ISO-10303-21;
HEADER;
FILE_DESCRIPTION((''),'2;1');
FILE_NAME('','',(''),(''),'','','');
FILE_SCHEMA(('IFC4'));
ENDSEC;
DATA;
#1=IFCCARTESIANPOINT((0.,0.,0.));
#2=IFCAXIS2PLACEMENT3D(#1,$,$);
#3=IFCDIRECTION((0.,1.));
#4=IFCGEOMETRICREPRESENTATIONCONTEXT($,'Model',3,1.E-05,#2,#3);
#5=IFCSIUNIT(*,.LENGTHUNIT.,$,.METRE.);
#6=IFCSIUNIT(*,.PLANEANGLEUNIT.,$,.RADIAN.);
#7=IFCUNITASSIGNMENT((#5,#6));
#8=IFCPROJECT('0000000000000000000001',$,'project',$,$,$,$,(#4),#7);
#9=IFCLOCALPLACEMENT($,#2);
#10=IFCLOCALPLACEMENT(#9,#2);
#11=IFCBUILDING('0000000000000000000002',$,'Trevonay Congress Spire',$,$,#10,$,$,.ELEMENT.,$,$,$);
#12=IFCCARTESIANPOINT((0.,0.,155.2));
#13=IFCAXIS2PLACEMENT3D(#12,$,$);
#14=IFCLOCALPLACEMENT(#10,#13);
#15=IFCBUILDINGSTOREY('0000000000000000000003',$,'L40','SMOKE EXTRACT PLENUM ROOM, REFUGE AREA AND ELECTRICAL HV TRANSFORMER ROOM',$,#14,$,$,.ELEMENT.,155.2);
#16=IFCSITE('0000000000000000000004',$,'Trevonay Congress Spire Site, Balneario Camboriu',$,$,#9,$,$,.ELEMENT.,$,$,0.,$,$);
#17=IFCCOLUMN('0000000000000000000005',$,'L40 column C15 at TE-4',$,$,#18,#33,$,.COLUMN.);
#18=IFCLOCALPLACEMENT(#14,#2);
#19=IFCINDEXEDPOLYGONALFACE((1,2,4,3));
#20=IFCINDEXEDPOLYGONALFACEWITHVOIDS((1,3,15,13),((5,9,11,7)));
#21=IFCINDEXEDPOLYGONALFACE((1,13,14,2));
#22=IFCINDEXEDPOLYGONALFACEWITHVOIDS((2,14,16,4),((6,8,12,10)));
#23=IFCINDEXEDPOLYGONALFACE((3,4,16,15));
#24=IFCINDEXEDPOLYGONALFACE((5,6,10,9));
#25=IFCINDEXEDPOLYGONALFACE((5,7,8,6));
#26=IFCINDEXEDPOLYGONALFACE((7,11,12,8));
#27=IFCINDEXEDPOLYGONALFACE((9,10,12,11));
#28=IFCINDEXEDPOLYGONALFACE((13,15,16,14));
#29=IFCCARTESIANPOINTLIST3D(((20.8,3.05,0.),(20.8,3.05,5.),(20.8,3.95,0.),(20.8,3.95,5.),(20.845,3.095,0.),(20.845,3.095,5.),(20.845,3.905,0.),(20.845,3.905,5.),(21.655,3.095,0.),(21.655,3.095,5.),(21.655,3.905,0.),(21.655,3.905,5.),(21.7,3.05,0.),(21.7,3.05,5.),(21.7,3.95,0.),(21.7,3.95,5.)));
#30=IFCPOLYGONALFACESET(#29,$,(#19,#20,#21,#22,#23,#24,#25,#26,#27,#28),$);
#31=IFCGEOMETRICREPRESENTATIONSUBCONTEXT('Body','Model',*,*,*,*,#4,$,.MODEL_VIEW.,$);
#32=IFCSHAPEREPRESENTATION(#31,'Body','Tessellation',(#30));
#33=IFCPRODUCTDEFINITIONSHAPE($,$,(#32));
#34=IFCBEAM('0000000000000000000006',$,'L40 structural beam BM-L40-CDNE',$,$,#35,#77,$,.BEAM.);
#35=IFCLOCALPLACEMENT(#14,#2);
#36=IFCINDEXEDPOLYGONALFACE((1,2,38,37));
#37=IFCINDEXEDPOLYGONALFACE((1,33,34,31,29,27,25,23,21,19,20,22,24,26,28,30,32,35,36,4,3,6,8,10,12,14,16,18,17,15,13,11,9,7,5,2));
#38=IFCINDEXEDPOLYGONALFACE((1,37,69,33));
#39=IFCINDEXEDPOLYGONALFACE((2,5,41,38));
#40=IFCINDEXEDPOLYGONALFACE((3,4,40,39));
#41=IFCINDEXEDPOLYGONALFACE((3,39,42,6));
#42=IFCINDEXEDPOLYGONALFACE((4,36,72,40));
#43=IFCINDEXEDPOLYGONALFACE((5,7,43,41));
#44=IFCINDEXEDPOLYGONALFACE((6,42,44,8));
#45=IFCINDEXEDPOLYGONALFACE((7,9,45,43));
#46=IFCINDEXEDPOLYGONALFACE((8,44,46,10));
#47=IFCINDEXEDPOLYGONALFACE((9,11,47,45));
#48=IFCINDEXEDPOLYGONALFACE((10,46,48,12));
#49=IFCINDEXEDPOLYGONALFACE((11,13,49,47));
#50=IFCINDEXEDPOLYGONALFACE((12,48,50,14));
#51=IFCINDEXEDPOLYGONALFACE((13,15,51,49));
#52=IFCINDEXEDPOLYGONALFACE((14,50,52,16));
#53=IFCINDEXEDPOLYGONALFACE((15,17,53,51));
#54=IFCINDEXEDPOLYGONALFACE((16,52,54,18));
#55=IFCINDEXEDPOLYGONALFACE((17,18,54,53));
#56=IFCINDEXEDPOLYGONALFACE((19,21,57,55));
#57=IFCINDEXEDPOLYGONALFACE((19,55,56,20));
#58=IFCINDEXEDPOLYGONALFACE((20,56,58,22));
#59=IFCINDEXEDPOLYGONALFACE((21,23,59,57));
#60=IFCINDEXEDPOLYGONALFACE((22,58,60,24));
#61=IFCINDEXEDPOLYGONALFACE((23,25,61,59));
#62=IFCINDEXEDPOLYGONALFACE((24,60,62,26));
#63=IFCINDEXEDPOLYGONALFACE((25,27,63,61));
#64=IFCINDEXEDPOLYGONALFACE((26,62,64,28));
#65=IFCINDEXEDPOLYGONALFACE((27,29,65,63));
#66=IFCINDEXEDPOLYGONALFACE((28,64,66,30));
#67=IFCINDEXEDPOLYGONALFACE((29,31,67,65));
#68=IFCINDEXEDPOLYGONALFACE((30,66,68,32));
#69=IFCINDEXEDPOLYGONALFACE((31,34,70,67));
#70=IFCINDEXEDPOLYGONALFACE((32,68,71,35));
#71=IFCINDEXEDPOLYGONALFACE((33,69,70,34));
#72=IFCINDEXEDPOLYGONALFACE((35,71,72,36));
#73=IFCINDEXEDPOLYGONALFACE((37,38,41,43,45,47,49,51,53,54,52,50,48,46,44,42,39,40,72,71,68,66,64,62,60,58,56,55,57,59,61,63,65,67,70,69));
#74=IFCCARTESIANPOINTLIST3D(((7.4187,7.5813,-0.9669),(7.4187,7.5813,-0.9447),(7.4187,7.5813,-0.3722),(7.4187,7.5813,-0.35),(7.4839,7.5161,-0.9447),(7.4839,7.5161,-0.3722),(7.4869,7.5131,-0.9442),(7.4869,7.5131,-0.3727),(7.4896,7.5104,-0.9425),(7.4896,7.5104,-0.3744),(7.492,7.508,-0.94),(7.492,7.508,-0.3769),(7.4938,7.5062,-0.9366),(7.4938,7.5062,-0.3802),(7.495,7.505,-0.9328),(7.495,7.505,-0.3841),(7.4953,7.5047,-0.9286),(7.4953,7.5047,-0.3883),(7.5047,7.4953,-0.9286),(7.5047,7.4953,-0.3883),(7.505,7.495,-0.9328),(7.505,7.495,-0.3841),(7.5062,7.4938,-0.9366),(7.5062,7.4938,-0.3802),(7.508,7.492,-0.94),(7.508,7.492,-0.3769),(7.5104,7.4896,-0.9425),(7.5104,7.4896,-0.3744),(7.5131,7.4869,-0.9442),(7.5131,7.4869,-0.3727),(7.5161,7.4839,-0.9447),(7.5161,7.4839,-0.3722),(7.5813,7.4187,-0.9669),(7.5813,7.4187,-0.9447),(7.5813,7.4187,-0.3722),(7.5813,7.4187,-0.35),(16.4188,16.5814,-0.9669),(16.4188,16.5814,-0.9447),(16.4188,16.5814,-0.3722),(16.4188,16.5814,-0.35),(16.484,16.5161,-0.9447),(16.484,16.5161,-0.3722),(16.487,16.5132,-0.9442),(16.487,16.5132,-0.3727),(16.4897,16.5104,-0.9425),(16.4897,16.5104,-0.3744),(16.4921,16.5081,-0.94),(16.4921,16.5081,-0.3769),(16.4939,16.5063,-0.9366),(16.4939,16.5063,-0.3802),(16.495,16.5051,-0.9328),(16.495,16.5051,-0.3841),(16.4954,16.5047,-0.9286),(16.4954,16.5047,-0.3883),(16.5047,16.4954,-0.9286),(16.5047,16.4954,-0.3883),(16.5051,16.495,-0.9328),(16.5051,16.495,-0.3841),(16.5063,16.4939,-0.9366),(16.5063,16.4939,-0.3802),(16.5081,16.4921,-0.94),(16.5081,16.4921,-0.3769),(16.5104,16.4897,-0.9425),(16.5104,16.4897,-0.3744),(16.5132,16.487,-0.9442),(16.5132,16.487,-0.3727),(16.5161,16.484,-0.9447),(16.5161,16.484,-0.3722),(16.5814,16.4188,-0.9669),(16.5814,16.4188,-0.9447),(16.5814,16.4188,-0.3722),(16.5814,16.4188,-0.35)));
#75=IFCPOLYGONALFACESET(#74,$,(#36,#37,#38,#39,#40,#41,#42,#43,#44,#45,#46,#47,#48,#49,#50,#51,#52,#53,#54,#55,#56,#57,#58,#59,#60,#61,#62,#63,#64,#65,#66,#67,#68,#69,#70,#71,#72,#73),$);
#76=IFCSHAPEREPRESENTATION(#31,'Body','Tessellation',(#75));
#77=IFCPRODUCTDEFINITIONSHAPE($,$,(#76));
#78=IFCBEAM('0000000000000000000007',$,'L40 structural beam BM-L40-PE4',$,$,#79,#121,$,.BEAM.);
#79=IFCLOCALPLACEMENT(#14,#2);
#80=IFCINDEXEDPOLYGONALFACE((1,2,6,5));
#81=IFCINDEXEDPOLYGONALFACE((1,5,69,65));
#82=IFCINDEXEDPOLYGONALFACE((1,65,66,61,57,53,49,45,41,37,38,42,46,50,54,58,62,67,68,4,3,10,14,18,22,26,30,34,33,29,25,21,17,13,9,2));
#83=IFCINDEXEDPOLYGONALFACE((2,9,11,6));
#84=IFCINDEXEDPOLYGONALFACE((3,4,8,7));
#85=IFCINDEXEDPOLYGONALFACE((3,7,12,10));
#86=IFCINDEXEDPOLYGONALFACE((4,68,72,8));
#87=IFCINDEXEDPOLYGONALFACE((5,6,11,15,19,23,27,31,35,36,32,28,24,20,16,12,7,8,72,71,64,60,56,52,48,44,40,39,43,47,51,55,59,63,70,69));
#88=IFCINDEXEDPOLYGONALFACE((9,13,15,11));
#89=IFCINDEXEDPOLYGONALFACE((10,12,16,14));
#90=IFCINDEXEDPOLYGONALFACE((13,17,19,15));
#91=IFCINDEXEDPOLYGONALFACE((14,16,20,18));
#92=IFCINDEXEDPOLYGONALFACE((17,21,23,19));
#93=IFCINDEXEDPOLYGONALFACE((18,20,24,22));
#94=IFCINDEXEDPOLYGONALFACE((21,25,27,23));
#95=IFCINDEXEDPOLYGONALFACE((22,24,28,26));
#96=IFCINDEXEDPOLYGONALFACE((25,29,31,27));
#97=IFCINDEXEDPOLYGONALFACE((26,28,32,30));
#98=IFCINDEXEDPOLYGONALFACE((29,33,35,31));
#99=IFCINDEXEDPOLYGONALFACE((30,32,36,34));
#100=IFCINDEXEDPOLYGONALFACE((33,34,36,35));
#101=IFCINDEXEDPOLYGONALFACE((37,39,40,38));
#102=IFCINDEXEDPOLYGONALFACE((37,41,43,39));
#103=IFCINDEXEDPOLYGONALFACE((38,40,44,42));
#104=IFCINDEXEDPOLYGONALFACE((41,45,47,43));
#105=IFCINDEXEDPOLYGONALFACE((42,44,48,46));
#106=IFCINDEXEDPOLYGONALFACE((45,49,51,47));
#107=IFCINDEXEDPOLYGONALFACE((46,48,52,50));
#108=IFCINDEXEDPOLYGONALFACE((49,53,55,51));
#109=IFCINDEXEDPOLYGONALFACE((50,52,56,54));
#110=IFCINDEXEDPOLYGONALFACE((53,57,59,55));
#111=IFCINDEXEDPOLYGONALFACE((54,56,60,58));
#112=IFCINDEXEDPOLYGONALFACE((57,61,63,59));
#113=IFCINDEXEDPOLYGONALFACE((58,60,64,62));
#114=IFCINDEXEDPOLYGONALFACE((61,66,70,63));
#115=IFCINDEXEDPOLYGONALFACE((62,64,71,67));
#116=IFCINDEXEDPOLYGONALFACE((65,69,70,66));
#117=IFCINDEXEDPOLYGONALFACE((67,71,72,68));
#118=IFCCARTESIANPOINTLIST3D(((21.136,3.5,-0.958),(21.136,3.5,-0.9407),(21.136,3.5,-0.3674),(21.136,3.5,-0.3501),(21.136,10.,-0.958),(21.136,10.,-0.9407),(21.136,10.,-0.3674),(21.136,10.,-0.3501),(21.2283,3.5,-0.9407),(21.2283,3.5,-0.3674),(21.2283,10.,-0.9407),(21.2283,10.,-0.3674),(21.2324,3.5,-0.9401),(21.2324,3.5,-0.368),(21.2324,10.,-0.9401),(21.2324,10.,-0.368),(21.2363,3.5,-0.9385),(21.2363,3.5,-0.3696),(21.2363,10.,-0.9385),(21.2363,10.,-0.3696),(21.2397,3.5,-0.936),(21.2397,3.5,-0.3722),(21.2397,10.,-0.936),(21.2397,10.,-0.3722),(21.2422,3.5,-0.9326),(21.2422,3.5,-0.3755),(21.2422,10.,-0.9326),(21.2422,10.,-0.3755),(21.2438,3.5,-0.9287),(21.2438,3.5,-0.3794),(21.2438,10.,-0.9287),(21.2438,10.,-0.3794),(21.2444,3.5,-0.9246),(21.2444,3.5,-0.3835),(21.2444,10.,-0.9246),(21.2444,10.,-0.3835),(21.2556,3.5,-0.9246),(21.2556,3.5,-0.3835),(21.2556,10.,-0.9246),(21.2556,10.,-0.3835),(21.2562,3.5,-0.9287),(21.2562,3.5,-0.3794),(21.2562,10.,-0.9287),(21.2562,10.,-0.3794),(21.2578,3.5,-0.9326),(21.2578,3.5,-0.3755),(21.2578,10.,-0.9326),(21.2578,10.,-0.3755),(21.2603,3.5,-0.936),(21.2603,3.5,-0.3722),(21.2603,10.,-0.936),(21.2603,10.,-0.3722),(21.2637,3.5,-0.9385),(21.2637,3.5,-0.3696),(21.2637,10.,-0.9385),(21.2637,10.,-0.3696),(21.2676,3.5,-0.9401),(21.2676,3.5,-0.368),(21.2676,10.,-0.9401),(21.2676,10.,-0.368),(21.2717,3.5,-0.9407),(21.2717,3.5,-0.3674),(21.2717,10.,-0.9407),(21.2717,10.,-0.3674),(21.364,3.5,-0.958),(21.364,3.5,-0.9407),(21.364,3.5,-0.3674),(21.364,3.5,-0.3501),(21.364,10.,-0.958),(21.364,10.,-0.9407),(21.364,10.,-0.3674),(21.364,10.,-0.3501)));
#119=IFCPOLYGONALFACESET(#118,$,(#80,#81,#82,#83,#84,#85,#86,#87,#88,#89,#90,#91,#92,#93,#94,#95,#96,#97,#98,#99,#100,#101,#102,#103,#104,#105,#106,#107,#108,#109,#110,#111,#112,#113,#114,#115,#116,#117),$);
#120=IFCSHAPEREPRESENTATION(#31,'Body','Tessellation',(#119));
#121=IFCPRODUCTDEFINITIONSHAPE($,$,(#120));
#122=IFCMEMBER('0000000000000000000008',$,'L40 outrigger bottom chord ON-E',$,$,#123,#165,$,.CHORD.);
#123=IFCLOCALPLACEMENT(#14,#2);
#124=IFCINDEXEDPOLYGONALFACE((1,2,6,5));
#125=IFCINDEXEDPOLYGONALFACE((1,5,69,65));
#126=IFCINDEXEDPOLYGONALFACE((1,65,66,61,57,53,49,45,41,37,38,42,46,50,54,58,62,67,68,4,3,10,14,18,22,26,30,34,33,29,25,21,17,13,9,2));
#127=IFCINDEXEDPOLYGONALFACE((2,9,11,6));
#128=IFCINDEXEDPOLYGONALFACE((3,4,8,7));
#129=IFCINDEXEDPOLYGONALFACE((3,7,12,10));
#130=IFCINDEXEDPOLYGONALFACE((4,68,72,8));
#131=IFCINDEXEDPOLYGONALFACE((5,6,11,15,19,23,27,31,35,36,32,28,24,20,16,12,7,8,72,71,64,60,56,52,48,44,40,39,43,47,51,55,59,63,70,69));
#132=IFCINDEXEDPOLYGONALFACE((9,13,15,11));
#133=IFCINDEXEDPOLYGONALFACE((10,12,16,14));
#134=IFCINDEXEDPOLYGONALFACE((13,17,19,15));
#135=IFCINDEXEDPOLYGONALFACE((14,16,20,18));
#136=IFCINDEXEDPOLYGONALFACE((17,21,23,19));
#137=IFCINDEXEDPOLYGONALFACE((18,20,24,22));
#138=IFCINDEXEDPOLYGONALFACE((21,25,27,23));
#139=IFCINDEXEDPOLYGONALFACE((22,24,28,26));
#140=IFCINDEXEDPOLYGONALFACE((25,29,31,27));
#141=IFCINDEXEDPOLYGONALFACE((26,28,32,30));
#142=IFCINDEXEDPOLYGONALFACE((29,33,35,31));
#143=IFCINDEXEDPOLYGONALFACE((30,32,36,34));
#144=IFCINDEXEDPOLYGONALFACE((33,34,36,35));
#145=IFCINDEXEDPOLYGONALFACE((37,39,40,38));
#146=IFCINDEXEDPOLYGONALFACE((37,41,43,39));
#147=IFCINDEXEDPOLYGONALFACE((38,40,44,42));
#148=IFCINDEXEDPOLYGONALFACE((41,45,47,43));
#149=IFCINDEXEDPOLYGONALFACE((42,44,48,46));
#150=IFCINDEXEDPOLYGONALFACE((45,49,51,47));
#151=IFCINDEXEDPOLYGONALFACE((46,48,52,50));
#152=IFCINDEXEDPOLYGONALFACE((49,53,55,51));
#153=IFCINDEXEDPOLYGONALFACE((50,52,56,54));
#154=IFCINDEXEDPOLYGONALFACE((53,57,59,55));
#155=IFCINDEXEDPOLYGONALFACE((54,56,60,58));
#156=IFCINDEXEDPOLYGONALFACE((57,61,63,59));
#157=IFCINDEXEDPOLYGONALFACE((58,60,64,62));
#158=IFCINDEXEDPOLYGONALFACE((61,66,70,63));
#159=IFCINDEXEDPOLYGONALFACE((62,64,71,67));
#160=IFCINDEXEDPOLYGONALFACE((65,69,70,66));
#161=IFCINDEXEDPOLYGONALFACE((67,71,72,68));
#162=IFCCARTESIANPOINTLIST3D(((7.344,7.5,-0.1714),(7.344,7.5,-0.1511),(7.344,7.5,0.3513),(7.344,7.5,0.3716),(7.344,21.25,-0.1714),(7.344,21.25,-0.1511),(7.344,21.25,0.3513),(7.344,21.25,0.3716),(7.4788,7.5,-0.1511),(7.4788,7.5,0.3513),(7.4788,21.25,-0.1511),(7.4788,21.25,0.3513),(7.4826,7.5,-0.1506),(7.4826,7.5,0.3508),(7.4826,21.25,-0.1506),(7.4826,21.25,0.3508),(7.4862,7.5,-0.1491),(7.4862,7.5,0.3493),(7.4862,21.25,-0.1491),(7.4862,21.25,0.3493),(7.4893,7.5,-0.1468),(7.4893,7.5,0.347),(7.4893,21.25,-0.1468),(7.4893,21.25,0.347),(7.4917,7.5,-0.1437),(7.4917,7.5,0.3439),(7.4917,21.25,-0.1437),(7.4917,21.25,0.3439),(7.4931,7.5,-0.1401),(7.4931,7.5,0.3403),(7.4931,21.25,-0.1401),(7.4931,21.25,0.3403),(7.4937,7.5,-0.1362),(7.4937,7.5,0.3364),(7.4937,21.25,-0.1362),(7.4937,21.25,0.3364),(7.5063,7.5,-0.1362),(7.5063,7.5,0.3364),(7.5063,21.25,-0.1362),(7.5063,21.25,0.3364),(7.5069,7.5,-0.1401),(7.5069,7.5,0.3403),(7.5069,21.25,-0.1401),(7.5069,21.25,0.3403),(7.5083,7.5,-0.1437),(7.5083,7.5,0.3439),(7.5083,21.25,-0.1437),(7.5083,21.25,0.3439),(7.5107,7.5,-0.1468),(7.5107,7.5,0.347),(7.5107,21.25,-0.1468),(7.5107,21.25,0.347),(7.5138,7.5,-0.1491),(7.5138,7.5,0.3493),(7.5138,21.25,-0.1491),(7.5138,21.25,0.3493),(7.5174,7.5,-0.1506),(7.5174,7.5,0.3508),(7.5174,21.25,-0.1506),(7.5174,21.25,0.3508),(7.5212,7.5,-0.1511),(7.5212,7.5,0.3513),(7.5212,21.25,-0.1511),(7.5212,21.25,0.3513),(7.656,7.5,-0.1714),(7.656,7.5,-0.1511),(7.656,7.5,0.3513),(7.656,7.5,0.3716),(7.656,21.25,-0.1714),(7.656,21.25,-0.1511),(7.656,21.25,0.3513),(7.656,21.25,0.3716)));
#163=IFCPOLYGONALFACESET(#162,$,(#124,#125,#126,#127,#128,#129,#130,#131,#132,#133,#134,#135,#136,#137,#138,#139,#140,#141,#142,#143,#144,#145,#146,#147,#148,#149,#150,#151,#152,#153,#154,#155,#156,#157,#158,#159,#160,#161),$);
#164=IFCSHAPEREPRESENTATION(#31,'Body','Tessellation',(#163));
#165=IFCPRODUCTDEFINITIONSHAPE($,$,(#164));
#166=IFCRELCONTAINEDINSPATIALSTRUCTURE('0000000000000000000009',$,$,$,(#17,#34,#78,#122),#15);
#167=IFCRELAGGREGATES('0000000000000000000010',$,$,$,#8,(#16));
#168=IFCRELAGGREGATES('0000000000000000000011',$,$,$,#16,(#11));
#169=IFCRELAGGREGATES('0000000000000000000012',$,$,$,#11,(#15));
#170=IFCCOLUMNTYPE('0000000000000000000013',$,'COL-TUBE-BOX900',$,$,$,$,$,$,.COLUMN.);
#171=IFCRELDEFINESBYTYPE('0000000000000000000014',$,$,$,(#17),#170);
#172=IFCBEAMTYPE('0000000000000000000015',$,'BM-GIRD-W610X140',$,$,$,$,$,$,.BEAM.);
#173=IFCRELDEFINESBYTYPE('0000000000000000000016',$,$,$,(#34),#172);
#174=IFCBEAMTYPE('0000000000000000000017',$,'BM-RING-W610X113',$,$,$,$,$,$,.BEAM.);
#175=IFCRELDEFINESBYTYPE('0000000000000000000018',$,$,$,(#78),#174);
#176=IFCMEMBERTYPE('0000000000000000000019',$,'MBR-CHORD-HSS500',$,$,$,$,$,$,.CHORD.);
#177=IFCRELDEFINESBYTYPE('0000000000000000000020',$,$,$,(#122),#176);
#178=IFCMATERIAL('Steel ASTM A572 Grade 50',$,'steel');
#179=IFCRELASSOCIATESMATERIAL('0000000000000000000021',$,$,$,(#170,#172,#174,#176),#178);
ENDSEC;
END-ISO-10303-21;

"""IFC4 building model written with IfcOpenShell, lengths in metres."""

from ifc_helpers import new_model, si_unit, direction, frame, origin, origin_2d, place, context, subcontext, project, spatial, hollow_rectangle, i_section, extrude, material, material_profile, profile_set, type_object, element, save


model = new_model("IFC4")

# Units and contexts
model_context = context("Model", 3, precision=1e-05, world=origin(), true_north=direction((0.0, 1.0)))
body_context = subcontext(model_context, "Body", "Model", "MODEL_VIEW")
ifc_project = project(units=[si_unit("LENGTHUNIT", "METRE"), si_unit("PLANEANGLEUNIT", "RADIAN")], contexts=[model_context])

# Site, building, storey
site_placement = place(None, origin())
site = spatial("IfcSite", under=ifc_project, at=site_placement, Name="Trevonay Congress Spire Site, Balneario Camboriu", CompositionType="ELEMENT", RefElevation=0.0)
building_placement = place(site_placement, origin())
building = spatial("IfcBuilding", under=site, at=building_placement, Name="Trevonay Congress Spire", CompositionType="ELEMENT")
storey_placement = place(building_placement, frame((0.0, 0.0, 155.2)))
storey = spatial("IfcBuildingStorey", under=building, at=storey_placement, Name="L40", Description="SMOKE EXTRACT PLENUM ROOM, REFUGE AREA AND ELECTRICAL HV TRANSFORMER ROOM", CompositionType="ELEMENT", Elevation=155.2)

# Column
ifc_material_1 = material(Name="Steel ASTM A572 Grade 50", Category="steel")
ifc_material_profile_1 = material_profile(ifc_material_1, hollow_rectangle(XDim=0.8999, YDim=0.8999, WallThickness=0.0449, at=origin_2d()), Name="BOX 900x900x45")
ifc_profile_set_1 = profile_set([ifc_material_profile_1], Name="Steel ASTM A572 Grade 50")
column_type = type_object("IfcColumnType", Name="COL-TUBE-BOX900", PredefinedType="COLUMN", material=ifc_profile_set_1)
column_placement = place(storey_placement, frame((21.25, 3.5, 0.0), z_axis=(0.0, 0.0, 1.0), x_axis=(1.0, 0.0, 0.0)))
element("IfcColumn", 1, at=column_placement, inside=storey, type_object=column_type, Name="L40 column C15 at TE-4", PredefinedType="COLUMN", context=body_context, shape_type="SweptSolid", body=[
    extrude(hollow_rectangle(XDim=0.8999, YDim=0.8999, WallThickness=0.0449, at=origin_2d()), origin(), (0.0, 0.0, 1.0), 5.0),
])

# Beams
ifc_material_profile_2 = material_profile(ifc_material_1, i_section(OverallWidth=0.23, OverallDepth=0.6169, WebThickness=0.0132, FlangeThickness=0.0222, FilletRadius=0.0161, at=origin_2d()), Name="W610x140")
ifc_profile_set_2 = profile_set([ifc_material_profile_2], Name="Steel ASTM A572 Grade 50")
beam_type_1 = type_object("IfcBeamType", Name="BM-GIRD-W610X140", PredefinedType="BEAM", material=ifc_profile_set_2)
beam_1_placement = place(storey_placement, frame((7.5, 7.5, -0.6584), z_axis=(0.707107, 0.707107, 0.0), x_axis=(-0.707107, 0.707107, 0.0)))
element("IfcBeam", 2, at=beam_1_placement, inside=storey, type_object=beam_type_1, Name="L40 structural beam BM-L40-CDNE", PredefinedType="BEAM", context=body_context, shape_type="SweptSolid", body=[
    extrude(i_section(OverallWidth=0.23, OverallDepth=0.6169, WebThickness=0.0132, FlangeThickness=0.0222, FilletRadius=0.0161, at=origin_2d()), origin(), (0.0, 0.0, 1.0), 12.728),
])
ifc_material_profile_3 = material_profile(ifc_material_1, i_section(OverallWidth=0.228, OverallDepth=0.6079, WebThickness=0.0112, FlangeThickness=0.0173, FilletRadius=0.0161, at=origin_2d()), Name="W610x113")
ifc_profile_set_3 = profile_set([ifc_material_profile_3], Name="Steel ASTM A572 Grade 50")
beam_type_2 = type_object("IfcBeamType", Name="BM-RING-W610X113", PredefinedType="BEAM", material=ifc_profile_set_3)
beam_2_placement = place(storey_placement, frame((21.25, 3.5, -0.6541), z_axis=(0.0, 1.0, 0.0), x_axis=(-1.0, 0.0, 0.0)))
element("IfcBeam", 3, at=beam_2_placement, inside=storey, type_object=beam_type_2, Name="L40 structural beam BM-L40-PE4", PredefinedType="BEAM", context=body_context, shape_type="SweptSolid", body=[
    extrude(i_section(OverallWidth=0.228, OverallDepth=0.6079, WebThickness=0.0112, FlangeThickness=0.0173, FilletRadius=0.0161, at=origin_2d()), origin(), (0.0, 0.0, 1.0), 6.5),
])

# Member
ifc_material_profile_4 = material_profile(ifc_material_1, i_section(OverallWidth=0.312, OverallDepth=0.543, WebThickness=0.0127, FlangeThickness=0.0203, FilletRadius=0.0149, at=origin_2d()), Name="W530x150")
ifc_profile_set_4 = profile_set([ifc_material_profile_4], Name="Steel ASTM A572 Grade 50")
member_type_1 = type_object("IfcMemberType", Name="MBR-CHORD-HSS500", PredefinedType="CHORD", material=ifc_profile_set_4)
for number, where, z_axis, x_axis, name in (
    (4, (7.5, 7.5, 0.1001), (0.0, 1.0, 0.0), (-1.0, 0.0, 0.0), "L40 outrigger bottom chord ON-E"),
):
    element("IfcMember", number, at=place(storey_placement, frame(where, z_axis=z_axis, x_axis=x_axis)), inside=storey, type_object=member_type_1, Name=name, PredefinedType="CHORD", context=body_context, shape_type="SweptSolid", body=[
        extrude(i_section(OverallWidth=0.312, OverallDepth=0.543, WebThickness=0.0127, FlangeThickness=0.0203, FilletRadius=0.0149, at=origin_2d()), origin(), (0.0, 0.0, 1.0), 13.75),
    ])

save(model, "model.ifc")
